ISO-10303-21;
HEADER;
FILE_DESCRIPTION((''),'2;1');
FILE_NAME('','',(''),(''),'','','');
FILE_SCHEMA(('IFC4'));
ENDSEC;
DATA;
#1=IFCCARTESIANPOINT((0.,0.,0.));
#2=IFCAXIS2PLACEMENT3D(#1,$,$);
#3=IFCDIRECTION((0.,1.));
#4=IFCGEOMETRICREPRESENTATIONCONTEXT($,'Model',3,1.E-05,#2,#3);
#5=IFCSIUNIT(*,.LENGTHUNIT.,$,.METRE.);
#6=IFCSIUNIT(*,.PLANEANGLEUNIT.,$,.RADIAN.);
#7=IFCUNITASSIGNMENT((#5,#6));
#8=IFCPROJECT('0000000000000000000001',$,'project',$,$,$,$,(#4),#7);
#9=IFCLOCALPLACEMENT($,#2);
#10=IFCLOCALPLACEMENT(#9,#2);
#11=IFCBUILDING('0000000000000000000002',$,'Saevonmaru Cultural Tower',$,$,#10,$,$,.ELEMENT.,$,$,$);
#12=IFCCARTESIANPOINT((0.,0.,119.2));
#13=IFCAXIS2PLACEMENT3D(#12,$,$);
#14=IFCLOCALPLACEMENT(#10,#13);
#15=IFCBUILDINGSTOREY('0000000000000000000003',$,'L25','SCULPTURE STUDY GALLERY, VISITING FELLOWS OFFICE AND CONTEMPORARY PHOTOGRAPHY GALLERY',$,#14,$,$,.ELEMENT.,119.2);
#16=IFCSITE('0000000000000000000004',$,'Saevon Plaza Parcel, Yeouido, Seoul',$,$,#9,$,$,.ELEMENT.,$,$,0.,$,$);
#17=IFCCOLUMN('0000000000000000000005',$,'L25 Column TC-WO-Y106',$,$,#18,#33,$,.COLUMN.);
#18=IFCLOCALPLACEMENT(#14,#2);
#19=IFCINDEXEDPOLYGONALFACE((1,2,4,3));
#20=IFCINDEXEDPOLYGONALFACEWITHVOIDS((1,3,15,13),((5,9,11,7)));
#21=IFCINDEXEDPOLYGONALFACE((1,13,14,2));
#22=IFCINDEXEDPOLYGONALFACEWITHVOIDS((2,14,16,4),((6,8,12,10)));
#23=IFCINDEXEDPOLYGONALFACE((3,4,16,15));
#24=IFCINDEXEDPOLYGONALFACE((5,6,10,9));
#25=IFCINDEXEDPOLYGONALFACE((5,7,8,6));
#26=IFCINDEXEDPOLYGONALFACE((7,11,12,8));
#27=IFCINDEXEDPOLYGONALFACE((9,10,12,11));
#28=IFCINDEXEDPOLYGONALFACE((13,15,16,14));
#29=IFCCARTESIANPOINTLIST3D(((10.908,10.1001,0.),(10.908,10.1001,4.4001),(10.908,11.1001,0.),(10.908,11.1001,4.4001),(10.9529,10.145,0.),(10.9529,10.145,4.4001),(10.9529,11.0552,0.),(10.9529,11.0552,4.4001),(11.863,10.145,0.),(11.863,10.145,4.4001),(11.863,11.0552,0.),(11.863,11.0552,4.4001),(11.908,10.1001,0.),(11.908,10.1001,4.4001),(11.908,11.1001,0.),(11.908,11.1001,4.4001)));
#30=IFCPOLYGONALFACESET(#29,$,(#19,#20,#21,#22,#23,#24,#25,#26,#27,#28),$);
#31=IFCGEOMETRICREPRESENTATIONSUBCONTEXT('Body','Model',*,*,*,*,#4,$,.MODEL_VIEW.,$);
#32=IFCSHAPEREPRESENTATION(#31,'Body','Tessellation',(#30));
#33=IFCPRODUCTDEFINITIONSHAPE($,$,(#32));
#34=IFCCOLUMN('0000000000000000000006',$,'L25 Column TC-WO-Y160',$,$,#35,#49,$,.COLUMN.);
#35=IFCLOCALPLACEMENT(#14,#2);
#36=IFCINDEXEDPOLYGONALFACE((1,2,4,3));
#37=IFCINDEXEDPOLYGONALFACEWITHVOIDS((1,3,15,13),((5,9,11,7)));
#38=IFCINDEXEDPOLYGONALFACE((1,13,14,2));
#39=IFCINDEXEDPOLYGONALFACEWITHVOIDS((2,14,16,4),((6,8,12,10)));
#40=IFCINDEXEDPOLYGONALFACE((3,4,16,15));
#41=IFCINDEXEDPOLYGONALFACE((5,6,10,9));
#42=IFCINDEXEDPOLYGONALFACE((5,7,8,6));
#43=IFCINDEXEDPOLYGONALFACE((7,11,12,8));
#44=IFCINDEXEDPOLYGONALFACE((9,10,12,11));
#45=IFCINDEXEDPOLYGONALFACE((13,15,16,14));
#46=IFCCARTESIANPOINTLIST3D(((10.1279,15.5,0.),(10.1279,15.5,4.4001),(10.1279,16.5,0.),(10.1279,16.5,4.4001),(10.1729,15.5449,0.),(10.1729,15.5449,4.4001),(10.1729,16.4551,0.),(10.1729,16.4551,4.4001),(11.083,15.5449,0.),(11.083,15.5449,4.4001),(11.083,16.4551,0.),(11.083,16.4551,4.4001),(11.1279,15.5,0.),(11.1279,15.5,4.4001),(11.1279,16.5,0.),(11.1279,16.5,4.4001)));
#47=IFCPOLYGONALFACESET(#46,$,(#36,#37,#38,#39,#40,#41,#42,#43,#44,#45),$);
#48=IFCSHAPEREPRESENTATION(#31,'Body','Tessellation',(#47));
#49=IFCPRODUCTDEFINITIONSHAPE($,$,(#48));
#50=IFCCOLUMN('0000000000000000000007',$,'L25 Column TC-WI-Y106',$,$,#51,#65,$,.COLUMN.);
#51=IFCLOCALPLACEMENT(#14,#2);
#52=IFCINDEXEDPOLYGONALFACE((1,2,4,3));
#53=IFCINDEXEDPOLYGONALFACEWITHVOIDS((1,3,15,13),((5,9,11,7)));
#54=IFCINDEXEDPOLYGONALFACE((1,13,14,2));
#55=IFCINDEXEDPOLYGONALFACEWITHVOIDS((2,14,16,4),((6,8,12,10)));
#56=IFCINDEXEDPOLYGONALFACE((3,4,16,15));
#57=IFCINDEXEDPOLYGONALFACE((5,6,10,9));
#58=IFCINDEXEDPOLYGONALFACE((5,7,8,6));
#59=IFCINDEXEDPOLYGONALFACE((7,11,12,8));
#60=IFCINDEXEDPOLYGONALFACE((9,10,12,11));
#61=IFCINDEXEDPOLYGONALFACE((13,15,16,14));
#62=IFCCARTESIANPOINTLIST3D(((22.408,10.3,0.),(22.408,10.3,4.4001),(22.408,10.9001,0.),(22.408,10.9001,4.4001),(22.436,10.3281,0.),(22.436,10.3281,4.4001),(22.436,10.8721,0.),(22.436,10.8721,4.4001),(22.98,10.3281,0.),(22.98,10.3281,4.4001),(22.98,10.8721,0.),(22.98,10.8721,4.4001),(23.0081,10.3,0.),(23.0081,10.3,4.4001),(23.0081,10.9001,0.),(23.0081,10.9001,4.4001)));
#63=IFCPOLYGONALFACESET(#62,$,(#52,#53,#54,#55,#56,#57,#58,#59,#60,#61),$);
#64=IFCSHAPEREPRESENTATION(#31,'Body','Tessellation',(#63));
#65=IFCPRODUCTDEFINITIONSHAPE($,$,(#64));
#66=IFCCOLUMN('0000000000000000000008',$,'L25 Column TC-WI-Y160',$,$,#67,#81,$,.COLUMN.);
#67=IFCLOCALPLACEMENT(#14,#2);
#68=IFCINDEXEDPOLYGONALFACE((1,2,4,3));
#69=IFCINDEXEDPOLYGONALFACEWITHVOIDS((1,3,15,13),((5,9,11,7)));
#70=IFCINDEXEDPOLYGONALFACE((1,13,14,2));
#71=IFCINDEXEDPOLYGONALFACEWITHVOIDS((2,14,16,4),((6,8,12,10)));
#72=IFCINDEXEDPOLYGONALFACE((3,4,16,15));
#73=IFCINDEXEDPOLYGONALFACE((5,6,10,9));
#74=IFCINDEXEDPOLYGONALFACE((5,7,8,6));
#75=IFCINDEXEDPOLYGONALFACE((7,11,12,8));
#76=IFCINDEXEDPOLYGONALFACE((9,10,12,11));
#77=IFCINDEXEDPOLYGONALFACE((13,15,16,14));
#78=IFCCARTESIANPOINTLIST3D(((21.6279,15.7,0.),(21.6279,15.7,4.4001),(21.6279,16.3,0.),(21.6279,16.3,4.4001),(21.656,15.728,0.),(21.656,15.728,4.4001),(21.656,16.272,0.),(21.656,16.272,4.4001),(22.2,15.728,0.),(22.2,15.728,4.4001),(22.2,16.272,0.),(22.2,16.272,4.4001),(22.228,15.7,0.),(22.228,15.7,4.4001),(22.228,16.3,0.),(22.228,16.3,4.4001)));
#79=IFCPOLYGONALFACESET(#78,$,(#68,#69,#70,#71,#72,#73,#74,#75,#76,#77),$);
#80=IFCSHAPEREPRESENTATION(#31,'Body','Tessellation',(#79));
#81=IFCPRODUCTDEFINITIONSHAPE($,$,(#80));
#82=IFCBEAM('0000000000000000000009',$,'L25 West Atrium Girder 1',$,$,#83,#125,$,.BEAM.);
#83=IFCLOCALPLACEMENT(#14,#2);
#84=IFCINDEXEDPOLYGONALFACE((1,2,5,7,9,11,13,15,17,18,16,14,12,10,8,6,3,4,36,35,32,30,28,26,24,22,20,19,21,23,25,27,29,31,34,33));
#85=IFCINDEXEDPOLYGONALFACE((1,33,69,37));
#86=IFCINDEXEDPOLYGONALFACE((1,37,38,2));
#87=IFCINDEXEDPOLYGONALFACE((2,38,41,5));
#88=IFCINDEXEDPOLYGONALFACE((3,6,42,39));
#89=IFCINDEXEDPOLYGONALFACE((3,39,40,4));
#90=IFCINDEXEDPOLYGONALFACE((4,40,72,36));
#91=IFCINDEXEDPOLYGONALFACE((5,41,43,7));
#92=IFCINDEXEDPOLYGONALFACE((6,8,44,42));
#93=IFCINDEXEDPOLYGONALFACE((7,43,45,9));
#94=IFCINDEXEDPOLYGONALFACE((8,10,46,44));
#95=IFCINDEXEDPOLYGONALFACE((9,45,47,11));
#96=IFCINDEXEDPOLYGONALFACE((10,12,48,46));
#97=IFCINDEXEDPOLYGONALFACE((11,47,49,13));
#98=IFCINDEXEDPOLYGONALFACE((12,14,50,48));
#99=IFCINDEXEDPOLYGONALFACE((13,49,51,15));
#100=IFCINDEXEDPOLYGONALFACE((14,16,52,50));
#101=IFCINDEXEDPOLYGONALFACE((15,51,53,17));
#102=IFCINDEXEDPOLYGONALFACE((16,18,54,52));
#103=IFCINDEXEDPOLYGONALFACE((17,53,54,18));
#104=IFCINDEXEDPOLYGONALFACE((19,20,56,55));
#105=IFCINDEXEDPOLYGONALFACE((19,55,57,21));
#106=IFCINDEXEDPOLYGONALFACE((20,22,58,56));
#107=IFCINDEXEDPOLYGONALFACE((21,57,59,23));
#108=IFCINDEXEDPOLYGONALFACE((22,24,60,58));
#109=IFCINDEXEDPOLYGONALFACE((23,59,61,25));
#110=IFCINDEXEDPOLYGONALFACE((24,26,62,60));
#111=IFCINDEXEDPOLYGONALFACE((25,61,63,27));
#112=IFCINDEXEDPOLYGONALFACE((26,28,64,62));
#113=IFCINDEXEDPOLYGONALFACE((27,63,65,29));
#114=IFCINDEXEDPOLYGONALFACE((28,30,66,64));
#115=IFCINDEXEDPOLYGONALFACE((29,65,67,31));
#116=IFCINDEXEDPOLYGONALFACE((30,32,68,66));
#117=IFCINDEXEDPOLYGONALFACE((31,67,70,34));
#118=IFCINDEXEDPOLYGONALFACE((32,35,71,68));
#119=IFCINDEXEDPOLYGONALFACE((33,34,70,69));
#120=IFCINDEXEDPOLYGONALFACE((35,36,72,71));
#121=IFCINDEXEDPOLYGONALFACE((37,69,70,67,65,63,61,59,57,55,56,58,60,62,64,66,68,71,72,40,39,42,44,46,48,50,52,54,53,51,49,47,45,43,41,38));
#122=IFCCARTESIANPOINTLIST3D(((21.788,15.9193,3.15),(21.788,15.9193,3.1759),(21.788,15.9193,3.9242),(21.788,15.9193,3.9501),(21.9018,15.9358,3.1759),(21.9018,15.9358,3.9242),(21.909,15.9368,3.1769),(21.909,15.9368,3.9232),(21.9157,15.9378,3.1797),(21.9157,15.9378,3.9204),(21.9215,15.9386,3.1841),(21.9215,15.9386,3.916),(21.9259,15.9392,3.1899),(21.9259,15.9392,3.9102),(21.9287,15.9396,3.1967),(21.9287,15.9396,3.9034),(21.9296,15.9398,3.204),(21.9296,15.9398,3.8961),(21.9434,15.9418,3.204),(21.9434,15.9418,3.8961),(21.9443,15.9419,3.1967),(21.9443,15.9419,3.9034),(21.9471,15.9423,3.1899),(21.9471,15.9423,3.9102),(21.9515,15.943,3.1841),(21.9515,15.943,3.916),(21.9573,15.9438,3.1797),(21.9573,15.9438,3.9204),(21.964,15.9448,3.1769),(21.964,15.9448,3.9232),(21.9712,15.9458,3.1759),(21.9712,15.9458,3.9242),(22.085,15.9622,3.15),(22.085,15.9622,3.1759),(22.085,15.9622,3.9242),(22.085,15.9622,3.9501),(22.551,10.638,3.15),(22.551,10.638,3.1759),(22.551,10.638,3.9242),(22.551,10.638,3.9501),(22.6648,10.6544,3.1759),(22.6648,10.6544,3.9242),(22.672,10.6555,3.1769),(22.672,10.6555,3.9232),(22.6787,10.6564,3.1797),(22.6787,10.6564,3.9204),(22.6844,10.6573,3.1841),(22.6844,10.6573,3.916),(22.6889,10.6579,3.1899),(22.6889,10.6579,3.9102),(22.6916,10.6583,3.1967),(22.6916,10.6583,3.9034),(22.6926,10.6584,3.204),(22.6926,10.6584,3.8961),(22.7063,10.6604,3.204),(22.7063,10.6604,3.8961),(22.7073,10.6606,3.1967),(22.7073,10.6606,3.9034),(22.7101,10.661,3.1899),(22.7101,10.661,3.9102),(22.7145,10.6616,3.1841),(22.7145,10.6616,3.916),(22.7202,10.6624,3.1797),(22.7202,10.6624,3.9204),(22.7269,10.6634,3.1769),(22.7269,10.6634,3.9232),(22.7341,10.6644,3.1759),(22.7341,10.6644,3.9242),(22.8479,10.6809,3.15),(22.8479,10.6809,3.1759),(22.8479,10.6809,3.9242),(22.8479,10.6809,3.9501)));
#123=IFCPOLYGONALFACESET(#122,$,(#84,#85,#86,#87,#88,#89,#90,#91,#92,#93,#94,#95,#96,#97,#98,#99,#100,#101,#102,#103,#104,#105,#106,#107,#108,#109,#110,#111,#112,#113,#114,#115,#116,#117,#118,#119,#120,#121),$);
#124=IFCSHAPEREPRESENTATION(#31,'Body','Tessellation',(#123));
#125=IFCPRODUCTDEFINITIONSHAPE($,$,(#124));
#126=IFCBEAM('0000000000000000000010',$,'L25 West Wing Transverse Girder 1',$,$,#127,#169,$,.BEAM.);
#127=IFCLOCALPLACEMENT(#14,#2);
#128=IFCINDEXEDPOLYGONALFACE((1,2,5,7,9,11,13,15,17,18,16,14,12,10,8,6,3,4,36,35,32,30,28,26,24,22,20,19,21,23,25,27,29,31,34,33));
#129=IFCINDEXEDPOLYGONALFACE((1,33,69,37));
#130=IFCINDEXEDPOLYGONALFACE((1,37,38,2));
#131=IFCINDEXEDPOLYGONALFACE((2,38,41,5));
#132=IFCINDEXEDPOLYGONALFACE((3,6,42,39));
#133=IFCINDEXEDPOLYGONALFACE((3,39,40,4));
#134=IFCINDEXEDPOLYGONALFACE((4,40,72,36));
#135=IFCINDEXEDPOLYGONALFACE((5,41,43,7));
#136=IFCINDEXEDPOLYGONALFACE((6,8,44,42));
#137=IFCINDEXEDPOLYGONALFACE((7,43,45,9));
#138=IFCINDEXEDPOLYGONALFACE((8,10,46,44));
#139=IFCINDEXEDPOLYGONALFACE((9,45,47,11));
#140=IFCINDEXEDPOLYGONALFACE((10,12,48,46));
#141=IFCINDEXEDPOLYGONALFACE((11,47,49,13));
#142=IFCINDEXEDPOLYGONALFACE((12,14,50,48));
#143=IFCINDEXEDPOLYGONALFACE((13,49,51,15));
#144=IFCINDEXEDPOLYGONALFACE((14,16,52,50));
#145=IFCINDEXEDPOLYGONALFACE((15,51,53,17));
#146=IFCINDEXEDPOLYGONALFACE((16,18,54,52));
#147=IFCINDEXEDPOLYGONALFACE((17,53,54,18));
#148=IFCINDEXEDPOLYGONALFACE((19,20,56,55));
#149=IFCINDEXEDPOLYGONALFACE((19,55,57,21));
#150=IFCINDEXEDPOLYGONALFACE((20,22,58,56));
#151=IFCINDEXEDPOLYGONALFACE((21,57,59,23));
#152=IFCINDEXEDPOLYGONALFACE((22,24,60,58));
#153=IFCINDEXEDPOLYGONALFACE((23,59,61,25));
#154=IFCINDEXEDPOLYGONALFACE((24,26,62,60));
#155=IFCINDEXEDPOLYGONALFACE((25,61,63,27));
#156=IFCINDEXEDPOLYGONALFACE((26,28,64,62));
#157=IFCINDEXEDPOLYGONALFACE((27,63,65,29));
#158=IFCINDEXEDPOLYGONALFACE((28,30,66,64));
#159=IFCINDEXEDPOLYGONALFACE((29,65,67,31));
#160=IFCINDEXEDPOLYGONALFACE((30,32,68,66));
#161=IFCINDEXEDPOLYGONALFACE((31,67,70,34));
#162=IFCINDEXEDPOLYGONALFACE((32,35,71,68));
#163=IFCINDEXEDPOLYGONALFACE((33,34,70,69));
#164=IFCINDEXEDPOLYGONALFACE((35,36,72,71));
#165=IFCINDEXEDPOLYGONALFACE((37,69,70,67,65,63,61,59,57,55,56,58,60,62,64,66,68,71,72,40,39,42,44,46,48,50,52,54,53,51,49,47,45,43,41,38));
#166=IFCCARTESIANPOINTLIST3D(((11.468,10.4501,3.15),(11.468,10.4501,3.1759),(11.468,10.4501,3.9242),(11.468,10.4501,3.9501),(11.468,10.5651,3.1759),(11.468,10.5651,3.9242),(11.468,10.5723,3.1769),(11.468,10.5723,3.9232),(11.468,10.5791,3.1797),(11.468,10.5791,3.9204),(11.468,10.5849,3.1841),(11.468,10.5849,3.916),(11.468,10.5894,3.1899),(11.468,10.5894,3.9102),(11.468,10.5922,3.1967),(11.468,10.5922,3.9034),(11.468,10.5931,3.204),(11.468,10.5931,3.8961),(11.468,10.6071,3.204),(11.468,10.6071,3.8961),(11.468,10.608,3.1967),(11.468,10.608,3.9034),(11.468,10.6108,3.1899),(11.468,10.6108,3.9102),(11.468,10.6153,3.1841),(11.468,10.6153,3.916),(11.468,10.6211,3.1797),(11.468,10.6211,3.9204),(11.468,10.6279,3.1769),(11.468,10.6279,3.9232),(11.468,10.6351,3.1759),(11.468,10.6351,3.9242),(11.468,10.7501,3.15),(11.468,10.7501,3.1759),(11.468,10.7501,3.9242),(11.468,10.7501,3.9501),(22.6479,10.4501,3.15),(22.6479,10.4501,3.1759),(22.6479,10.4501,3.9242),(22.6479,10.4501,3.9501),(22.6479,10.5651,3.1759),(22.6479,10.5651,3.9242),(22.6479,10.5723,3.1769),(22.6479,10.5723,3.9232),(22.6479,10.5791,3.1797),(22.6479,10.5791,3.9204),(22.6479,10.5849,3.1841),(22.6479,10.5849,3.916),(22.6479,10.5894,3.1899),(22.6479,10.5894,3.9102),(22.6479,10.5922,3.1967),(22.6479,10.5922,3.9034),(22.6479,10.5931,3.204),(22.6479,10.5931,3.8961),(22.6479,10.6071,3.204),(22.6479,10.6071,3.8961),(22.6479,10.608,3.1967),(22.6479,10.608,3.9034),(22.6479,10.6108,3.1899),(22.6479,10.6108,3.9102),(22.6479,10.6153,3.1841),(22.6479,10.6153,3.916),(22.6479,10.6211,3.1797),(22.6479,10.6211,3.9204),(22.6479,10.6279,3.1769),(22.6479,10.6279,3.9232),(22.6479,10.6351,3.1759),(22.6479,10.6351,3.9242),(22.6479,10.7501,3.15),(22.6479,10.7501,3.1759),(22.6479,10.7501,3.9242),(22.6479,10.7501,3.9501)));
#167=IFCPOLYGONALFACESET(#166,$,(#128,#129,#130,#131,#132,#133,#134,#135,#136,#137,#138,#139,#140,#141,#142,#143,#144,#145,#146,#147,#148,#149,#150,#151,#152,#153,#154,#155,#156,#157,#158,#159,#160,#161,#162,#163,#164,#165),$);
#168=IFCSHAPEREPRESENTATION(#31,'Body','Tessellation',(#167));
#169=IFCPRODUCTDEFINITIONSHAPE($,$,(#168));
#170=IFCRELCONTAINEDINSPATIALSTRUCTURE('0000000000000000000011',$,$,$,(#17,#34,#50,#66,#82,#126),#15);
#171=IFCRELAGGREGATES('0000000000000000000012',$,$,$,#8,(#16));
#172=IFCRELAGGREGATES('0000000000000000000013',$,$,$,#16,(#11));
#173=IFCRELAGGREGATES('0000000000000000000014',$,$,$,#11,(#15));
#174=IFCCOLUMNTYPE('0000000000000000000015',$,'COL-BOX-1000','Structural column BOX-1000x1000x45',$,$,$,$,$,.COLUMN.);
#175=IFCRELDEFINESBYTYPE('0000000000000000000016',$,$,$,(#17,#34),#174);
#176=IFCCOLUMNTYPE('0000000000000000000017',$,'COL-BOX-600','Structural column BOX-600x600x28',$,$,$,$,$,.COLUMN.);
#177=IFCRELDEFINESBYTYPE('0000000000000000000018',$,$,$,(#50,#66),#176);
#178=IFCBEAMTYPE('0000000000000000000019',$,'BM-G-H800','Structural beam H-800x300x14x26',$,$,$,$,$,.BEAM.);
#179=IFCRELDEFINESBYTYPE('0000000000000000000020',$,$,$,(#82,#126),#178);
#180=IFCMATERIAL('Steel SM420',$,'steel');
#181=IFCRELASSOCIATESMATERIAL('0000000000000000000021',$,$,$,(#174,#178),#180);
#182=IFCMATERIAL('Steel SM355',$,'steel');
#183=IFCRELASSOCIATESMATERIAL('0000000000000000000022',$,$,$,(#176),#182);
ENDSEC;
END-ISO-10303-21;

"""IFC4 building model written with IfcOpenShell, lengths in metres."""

from ifc_helpers import new_model, si_unit, direction, frame, origin, origin_2d, place, context, subcontext, project, spatial, hollow_rectangle, i_section, extrude, material, material_profile, profile_set, type_object, element, save


model = new_model("IFC4")

# Units and contexts
model_context = context("Model", 3, precision=1e-05, world=origin(), true_north=direction((0.0, 1.0)))
body_context = subcontext(model_context, "Body", "Model", "MODEL_VIEW")
ifc_project = project(units=[si_unit("LENGTHUNIT", "METRE"), si_unit("PLANEANGLEUNIT", "RADIAN")], contexts=[model_context])

# Site, building, storey
site_placement = place(None, origin())
site = spatial("IfcSite", under=ifc_project, at=site_placement, Name="Saevon Plaza Parcel, Yeouido, Seoul", CompositionType="ELEMENT", RefElevation=0.0)
building_placement = place(site_placement, origin())
building = spatial("IfcBuilding", under=site, at=building_placement, Name="Saevonmaru Cultural Tower", CompositionType="ELEMENT")
storey_placement = place(building_placement, frame((0.0, 0.0, 119.2)))
storey = spatial("IfcBuildingStorey", under=building, at=storey_placement, Name="L25", Description="SCULPTURE STUDY GALLERY, VISITING FELLOWS OFFICE AND CONTEMPORARY PHOTOGRAPHY GALLERY", CompositionType="ELEMENT", Elevation=119.2)

# Columns
ifc_material_1 = material(Name="Steel SM420", Category="steel")
ifc_material_profile_1 = material_profile(ifc_material_1, hollow_rectangle(XDim=1.0, YDim=1.0, WallThickness=0.0449, at=origin_2d()), Name="BOX-1000x1000x45")
ifc_profile_set_1 = profile_set([ifc_material_profile_1], Name="Steel SM420")
column_type_1 = type_object("IfcColumnType", Name="COL-BOX-1000", Description="Structural column BOX-1000x1000x45", PredefinedType="COLUMN", material=ifc_profile_set_1)
for number, where, z_axis, x_axis, name in (
    (1, (11.408, 10.6001, 0.0), (0.0, 0.0, 1.0), (1.0, 0.0, 0.0), "L25 Column TC-WO-Y106"),
    (2, (10.6279, 16.0, 0.0), (0.0, 0.0, 1.0), (1.0, 0.0, 0.0), "L25 Column TC-WO-Y160"),
):
    element("IfcColumn", number, at=place(storey_placement, frame(where, z_axis=z_axis, x_axis=x_axis)), inside=storey, type_object=column_type_1, Name=name, PredefinedType="COLUMN", context=body_context, shape_type="SweptSolid", body=[
        extrude(hollow_rectangle(XDim=1.0, YDim=1.0, WallThickness=0.0449, at=origin_2d()), origin(), (0.0, 0.0, 1.0), 4.4001),
    ])
ifc_material_2 = material(Name="Steel SM355", Category="steel")
ifc_material_profile_2 = material_profile(ifc_material_2, hollow_rectangle(XDim=0.6001, YDim=0.6001, WallThickness=0.0281, at=origin_2d()), Name="BOX-600x600x28")
ifc_profile_set_2 = profile_set([ifc_material_profile_2], Name="Steel SM355")
column_type_2 = type_object("IfcColumnType", Name="COL-BOX-600", Description="Structural column BOX-600x600x28", PredefinedType="COLUMN", material=ifc_profile_set_2)
for number, where, z_axis, x_axis, name in (
    (3, (22.708, 10.6001, 0.0), (0.0, 0.0, 1.0), (1.0, 0.0, 0.0), "L25 Column TC-WI-Y106"),
    (4, (21.928, 16.0, 0.0), (0.0, 0.0, 1.0), (1.0, 0.0, 0.0), "L25 Column TC-WI-Y160"),
):
    element("IfcColumn", number, at=place(storey_placement, frame(where, z_axis=z_axis, x_axis=x_axis)), inside=storey, type_object=column_type_2, Name=name, PredefinedType="COLUMN", context=body_context, shape_type="SweptSolid", body=[
        extrude(hollow_rectangle(XDim=0.6001, YDim=0.6001, WallThickness=0.0281, at=origin_2d()), origin(), (0.0, 0.0, 1.0), 4.4001),
    ])

# Beams
ifc_material_profile_3 = material_profile(ifc_material_1, i_section(OverallWidth=0.3, OverallDepth=0.8, WebThickness=0.0139, FlangeThickness=0.0259, FilletRadius=0.0281, at=origin_2d()), Name="H-800x300x14x26")
ifc_profile_set_3 = profile_set([ifc_material_profile_3], Name="Steel SM420")
beam_type_1 = type_object("IfcBeamType", Name="BM-G-H800", Description="Structural beam H-800x300x14x26", PredefinedType="BEAM", material=ifc_profile_set_3)
beam_1_placement = place(storey_placement, frame((22.6995, 10.6594, 3.55), z_axis=(-0.142978, 0.989726, 0.0), x_axis=(-0.989726, -0.142978, 0.0)))
element("IfcBeam", 5, at=beam_1_placement, inside=storey, type_object=beam_type_1, Name="L25 West Atrium Girder 1", PredefinedType="BEAM", context=body_context, shape_type="SweptSolid", body=[
    extrude(i_section(OverallWidth=0.3, OverallDepth=0.8, WebThickness=0.0139, FlangeThickness=0.0259, FilletRadius=0.0281, at=origin_2d()), origin(), (0.0, 0.0, 1.0), 5.3362),
])
for number, where, z_axis, x_axis, name in (
    (6, (11.468, 10.6001, 3.55), (1.0, 0.0, 0.0), (0.0, 1.0, 0.0), "L25 West Wing Transverse Girder 1"),
):
    element("IfcBeam", number, at=place(storey_placement, frame(where, z_axis=z_axis, x_axis=x_axis)), inside=storey, type_object=beam_type_1, Name=name, PredefinedType="BEAM", context=body_context, shape_type="SweptSolid", body=[
        extrude(i_section(OverallWidth=0.3, OverallDepth=0.8, WebThickness=0.0139, FlangeThickness=0.0259, FilletRadius=0.0281, at=origin_2d()), origin(), (0.0, 0.0, 1.0), 11.1799),
    ])

save(model, "model.ifc")
